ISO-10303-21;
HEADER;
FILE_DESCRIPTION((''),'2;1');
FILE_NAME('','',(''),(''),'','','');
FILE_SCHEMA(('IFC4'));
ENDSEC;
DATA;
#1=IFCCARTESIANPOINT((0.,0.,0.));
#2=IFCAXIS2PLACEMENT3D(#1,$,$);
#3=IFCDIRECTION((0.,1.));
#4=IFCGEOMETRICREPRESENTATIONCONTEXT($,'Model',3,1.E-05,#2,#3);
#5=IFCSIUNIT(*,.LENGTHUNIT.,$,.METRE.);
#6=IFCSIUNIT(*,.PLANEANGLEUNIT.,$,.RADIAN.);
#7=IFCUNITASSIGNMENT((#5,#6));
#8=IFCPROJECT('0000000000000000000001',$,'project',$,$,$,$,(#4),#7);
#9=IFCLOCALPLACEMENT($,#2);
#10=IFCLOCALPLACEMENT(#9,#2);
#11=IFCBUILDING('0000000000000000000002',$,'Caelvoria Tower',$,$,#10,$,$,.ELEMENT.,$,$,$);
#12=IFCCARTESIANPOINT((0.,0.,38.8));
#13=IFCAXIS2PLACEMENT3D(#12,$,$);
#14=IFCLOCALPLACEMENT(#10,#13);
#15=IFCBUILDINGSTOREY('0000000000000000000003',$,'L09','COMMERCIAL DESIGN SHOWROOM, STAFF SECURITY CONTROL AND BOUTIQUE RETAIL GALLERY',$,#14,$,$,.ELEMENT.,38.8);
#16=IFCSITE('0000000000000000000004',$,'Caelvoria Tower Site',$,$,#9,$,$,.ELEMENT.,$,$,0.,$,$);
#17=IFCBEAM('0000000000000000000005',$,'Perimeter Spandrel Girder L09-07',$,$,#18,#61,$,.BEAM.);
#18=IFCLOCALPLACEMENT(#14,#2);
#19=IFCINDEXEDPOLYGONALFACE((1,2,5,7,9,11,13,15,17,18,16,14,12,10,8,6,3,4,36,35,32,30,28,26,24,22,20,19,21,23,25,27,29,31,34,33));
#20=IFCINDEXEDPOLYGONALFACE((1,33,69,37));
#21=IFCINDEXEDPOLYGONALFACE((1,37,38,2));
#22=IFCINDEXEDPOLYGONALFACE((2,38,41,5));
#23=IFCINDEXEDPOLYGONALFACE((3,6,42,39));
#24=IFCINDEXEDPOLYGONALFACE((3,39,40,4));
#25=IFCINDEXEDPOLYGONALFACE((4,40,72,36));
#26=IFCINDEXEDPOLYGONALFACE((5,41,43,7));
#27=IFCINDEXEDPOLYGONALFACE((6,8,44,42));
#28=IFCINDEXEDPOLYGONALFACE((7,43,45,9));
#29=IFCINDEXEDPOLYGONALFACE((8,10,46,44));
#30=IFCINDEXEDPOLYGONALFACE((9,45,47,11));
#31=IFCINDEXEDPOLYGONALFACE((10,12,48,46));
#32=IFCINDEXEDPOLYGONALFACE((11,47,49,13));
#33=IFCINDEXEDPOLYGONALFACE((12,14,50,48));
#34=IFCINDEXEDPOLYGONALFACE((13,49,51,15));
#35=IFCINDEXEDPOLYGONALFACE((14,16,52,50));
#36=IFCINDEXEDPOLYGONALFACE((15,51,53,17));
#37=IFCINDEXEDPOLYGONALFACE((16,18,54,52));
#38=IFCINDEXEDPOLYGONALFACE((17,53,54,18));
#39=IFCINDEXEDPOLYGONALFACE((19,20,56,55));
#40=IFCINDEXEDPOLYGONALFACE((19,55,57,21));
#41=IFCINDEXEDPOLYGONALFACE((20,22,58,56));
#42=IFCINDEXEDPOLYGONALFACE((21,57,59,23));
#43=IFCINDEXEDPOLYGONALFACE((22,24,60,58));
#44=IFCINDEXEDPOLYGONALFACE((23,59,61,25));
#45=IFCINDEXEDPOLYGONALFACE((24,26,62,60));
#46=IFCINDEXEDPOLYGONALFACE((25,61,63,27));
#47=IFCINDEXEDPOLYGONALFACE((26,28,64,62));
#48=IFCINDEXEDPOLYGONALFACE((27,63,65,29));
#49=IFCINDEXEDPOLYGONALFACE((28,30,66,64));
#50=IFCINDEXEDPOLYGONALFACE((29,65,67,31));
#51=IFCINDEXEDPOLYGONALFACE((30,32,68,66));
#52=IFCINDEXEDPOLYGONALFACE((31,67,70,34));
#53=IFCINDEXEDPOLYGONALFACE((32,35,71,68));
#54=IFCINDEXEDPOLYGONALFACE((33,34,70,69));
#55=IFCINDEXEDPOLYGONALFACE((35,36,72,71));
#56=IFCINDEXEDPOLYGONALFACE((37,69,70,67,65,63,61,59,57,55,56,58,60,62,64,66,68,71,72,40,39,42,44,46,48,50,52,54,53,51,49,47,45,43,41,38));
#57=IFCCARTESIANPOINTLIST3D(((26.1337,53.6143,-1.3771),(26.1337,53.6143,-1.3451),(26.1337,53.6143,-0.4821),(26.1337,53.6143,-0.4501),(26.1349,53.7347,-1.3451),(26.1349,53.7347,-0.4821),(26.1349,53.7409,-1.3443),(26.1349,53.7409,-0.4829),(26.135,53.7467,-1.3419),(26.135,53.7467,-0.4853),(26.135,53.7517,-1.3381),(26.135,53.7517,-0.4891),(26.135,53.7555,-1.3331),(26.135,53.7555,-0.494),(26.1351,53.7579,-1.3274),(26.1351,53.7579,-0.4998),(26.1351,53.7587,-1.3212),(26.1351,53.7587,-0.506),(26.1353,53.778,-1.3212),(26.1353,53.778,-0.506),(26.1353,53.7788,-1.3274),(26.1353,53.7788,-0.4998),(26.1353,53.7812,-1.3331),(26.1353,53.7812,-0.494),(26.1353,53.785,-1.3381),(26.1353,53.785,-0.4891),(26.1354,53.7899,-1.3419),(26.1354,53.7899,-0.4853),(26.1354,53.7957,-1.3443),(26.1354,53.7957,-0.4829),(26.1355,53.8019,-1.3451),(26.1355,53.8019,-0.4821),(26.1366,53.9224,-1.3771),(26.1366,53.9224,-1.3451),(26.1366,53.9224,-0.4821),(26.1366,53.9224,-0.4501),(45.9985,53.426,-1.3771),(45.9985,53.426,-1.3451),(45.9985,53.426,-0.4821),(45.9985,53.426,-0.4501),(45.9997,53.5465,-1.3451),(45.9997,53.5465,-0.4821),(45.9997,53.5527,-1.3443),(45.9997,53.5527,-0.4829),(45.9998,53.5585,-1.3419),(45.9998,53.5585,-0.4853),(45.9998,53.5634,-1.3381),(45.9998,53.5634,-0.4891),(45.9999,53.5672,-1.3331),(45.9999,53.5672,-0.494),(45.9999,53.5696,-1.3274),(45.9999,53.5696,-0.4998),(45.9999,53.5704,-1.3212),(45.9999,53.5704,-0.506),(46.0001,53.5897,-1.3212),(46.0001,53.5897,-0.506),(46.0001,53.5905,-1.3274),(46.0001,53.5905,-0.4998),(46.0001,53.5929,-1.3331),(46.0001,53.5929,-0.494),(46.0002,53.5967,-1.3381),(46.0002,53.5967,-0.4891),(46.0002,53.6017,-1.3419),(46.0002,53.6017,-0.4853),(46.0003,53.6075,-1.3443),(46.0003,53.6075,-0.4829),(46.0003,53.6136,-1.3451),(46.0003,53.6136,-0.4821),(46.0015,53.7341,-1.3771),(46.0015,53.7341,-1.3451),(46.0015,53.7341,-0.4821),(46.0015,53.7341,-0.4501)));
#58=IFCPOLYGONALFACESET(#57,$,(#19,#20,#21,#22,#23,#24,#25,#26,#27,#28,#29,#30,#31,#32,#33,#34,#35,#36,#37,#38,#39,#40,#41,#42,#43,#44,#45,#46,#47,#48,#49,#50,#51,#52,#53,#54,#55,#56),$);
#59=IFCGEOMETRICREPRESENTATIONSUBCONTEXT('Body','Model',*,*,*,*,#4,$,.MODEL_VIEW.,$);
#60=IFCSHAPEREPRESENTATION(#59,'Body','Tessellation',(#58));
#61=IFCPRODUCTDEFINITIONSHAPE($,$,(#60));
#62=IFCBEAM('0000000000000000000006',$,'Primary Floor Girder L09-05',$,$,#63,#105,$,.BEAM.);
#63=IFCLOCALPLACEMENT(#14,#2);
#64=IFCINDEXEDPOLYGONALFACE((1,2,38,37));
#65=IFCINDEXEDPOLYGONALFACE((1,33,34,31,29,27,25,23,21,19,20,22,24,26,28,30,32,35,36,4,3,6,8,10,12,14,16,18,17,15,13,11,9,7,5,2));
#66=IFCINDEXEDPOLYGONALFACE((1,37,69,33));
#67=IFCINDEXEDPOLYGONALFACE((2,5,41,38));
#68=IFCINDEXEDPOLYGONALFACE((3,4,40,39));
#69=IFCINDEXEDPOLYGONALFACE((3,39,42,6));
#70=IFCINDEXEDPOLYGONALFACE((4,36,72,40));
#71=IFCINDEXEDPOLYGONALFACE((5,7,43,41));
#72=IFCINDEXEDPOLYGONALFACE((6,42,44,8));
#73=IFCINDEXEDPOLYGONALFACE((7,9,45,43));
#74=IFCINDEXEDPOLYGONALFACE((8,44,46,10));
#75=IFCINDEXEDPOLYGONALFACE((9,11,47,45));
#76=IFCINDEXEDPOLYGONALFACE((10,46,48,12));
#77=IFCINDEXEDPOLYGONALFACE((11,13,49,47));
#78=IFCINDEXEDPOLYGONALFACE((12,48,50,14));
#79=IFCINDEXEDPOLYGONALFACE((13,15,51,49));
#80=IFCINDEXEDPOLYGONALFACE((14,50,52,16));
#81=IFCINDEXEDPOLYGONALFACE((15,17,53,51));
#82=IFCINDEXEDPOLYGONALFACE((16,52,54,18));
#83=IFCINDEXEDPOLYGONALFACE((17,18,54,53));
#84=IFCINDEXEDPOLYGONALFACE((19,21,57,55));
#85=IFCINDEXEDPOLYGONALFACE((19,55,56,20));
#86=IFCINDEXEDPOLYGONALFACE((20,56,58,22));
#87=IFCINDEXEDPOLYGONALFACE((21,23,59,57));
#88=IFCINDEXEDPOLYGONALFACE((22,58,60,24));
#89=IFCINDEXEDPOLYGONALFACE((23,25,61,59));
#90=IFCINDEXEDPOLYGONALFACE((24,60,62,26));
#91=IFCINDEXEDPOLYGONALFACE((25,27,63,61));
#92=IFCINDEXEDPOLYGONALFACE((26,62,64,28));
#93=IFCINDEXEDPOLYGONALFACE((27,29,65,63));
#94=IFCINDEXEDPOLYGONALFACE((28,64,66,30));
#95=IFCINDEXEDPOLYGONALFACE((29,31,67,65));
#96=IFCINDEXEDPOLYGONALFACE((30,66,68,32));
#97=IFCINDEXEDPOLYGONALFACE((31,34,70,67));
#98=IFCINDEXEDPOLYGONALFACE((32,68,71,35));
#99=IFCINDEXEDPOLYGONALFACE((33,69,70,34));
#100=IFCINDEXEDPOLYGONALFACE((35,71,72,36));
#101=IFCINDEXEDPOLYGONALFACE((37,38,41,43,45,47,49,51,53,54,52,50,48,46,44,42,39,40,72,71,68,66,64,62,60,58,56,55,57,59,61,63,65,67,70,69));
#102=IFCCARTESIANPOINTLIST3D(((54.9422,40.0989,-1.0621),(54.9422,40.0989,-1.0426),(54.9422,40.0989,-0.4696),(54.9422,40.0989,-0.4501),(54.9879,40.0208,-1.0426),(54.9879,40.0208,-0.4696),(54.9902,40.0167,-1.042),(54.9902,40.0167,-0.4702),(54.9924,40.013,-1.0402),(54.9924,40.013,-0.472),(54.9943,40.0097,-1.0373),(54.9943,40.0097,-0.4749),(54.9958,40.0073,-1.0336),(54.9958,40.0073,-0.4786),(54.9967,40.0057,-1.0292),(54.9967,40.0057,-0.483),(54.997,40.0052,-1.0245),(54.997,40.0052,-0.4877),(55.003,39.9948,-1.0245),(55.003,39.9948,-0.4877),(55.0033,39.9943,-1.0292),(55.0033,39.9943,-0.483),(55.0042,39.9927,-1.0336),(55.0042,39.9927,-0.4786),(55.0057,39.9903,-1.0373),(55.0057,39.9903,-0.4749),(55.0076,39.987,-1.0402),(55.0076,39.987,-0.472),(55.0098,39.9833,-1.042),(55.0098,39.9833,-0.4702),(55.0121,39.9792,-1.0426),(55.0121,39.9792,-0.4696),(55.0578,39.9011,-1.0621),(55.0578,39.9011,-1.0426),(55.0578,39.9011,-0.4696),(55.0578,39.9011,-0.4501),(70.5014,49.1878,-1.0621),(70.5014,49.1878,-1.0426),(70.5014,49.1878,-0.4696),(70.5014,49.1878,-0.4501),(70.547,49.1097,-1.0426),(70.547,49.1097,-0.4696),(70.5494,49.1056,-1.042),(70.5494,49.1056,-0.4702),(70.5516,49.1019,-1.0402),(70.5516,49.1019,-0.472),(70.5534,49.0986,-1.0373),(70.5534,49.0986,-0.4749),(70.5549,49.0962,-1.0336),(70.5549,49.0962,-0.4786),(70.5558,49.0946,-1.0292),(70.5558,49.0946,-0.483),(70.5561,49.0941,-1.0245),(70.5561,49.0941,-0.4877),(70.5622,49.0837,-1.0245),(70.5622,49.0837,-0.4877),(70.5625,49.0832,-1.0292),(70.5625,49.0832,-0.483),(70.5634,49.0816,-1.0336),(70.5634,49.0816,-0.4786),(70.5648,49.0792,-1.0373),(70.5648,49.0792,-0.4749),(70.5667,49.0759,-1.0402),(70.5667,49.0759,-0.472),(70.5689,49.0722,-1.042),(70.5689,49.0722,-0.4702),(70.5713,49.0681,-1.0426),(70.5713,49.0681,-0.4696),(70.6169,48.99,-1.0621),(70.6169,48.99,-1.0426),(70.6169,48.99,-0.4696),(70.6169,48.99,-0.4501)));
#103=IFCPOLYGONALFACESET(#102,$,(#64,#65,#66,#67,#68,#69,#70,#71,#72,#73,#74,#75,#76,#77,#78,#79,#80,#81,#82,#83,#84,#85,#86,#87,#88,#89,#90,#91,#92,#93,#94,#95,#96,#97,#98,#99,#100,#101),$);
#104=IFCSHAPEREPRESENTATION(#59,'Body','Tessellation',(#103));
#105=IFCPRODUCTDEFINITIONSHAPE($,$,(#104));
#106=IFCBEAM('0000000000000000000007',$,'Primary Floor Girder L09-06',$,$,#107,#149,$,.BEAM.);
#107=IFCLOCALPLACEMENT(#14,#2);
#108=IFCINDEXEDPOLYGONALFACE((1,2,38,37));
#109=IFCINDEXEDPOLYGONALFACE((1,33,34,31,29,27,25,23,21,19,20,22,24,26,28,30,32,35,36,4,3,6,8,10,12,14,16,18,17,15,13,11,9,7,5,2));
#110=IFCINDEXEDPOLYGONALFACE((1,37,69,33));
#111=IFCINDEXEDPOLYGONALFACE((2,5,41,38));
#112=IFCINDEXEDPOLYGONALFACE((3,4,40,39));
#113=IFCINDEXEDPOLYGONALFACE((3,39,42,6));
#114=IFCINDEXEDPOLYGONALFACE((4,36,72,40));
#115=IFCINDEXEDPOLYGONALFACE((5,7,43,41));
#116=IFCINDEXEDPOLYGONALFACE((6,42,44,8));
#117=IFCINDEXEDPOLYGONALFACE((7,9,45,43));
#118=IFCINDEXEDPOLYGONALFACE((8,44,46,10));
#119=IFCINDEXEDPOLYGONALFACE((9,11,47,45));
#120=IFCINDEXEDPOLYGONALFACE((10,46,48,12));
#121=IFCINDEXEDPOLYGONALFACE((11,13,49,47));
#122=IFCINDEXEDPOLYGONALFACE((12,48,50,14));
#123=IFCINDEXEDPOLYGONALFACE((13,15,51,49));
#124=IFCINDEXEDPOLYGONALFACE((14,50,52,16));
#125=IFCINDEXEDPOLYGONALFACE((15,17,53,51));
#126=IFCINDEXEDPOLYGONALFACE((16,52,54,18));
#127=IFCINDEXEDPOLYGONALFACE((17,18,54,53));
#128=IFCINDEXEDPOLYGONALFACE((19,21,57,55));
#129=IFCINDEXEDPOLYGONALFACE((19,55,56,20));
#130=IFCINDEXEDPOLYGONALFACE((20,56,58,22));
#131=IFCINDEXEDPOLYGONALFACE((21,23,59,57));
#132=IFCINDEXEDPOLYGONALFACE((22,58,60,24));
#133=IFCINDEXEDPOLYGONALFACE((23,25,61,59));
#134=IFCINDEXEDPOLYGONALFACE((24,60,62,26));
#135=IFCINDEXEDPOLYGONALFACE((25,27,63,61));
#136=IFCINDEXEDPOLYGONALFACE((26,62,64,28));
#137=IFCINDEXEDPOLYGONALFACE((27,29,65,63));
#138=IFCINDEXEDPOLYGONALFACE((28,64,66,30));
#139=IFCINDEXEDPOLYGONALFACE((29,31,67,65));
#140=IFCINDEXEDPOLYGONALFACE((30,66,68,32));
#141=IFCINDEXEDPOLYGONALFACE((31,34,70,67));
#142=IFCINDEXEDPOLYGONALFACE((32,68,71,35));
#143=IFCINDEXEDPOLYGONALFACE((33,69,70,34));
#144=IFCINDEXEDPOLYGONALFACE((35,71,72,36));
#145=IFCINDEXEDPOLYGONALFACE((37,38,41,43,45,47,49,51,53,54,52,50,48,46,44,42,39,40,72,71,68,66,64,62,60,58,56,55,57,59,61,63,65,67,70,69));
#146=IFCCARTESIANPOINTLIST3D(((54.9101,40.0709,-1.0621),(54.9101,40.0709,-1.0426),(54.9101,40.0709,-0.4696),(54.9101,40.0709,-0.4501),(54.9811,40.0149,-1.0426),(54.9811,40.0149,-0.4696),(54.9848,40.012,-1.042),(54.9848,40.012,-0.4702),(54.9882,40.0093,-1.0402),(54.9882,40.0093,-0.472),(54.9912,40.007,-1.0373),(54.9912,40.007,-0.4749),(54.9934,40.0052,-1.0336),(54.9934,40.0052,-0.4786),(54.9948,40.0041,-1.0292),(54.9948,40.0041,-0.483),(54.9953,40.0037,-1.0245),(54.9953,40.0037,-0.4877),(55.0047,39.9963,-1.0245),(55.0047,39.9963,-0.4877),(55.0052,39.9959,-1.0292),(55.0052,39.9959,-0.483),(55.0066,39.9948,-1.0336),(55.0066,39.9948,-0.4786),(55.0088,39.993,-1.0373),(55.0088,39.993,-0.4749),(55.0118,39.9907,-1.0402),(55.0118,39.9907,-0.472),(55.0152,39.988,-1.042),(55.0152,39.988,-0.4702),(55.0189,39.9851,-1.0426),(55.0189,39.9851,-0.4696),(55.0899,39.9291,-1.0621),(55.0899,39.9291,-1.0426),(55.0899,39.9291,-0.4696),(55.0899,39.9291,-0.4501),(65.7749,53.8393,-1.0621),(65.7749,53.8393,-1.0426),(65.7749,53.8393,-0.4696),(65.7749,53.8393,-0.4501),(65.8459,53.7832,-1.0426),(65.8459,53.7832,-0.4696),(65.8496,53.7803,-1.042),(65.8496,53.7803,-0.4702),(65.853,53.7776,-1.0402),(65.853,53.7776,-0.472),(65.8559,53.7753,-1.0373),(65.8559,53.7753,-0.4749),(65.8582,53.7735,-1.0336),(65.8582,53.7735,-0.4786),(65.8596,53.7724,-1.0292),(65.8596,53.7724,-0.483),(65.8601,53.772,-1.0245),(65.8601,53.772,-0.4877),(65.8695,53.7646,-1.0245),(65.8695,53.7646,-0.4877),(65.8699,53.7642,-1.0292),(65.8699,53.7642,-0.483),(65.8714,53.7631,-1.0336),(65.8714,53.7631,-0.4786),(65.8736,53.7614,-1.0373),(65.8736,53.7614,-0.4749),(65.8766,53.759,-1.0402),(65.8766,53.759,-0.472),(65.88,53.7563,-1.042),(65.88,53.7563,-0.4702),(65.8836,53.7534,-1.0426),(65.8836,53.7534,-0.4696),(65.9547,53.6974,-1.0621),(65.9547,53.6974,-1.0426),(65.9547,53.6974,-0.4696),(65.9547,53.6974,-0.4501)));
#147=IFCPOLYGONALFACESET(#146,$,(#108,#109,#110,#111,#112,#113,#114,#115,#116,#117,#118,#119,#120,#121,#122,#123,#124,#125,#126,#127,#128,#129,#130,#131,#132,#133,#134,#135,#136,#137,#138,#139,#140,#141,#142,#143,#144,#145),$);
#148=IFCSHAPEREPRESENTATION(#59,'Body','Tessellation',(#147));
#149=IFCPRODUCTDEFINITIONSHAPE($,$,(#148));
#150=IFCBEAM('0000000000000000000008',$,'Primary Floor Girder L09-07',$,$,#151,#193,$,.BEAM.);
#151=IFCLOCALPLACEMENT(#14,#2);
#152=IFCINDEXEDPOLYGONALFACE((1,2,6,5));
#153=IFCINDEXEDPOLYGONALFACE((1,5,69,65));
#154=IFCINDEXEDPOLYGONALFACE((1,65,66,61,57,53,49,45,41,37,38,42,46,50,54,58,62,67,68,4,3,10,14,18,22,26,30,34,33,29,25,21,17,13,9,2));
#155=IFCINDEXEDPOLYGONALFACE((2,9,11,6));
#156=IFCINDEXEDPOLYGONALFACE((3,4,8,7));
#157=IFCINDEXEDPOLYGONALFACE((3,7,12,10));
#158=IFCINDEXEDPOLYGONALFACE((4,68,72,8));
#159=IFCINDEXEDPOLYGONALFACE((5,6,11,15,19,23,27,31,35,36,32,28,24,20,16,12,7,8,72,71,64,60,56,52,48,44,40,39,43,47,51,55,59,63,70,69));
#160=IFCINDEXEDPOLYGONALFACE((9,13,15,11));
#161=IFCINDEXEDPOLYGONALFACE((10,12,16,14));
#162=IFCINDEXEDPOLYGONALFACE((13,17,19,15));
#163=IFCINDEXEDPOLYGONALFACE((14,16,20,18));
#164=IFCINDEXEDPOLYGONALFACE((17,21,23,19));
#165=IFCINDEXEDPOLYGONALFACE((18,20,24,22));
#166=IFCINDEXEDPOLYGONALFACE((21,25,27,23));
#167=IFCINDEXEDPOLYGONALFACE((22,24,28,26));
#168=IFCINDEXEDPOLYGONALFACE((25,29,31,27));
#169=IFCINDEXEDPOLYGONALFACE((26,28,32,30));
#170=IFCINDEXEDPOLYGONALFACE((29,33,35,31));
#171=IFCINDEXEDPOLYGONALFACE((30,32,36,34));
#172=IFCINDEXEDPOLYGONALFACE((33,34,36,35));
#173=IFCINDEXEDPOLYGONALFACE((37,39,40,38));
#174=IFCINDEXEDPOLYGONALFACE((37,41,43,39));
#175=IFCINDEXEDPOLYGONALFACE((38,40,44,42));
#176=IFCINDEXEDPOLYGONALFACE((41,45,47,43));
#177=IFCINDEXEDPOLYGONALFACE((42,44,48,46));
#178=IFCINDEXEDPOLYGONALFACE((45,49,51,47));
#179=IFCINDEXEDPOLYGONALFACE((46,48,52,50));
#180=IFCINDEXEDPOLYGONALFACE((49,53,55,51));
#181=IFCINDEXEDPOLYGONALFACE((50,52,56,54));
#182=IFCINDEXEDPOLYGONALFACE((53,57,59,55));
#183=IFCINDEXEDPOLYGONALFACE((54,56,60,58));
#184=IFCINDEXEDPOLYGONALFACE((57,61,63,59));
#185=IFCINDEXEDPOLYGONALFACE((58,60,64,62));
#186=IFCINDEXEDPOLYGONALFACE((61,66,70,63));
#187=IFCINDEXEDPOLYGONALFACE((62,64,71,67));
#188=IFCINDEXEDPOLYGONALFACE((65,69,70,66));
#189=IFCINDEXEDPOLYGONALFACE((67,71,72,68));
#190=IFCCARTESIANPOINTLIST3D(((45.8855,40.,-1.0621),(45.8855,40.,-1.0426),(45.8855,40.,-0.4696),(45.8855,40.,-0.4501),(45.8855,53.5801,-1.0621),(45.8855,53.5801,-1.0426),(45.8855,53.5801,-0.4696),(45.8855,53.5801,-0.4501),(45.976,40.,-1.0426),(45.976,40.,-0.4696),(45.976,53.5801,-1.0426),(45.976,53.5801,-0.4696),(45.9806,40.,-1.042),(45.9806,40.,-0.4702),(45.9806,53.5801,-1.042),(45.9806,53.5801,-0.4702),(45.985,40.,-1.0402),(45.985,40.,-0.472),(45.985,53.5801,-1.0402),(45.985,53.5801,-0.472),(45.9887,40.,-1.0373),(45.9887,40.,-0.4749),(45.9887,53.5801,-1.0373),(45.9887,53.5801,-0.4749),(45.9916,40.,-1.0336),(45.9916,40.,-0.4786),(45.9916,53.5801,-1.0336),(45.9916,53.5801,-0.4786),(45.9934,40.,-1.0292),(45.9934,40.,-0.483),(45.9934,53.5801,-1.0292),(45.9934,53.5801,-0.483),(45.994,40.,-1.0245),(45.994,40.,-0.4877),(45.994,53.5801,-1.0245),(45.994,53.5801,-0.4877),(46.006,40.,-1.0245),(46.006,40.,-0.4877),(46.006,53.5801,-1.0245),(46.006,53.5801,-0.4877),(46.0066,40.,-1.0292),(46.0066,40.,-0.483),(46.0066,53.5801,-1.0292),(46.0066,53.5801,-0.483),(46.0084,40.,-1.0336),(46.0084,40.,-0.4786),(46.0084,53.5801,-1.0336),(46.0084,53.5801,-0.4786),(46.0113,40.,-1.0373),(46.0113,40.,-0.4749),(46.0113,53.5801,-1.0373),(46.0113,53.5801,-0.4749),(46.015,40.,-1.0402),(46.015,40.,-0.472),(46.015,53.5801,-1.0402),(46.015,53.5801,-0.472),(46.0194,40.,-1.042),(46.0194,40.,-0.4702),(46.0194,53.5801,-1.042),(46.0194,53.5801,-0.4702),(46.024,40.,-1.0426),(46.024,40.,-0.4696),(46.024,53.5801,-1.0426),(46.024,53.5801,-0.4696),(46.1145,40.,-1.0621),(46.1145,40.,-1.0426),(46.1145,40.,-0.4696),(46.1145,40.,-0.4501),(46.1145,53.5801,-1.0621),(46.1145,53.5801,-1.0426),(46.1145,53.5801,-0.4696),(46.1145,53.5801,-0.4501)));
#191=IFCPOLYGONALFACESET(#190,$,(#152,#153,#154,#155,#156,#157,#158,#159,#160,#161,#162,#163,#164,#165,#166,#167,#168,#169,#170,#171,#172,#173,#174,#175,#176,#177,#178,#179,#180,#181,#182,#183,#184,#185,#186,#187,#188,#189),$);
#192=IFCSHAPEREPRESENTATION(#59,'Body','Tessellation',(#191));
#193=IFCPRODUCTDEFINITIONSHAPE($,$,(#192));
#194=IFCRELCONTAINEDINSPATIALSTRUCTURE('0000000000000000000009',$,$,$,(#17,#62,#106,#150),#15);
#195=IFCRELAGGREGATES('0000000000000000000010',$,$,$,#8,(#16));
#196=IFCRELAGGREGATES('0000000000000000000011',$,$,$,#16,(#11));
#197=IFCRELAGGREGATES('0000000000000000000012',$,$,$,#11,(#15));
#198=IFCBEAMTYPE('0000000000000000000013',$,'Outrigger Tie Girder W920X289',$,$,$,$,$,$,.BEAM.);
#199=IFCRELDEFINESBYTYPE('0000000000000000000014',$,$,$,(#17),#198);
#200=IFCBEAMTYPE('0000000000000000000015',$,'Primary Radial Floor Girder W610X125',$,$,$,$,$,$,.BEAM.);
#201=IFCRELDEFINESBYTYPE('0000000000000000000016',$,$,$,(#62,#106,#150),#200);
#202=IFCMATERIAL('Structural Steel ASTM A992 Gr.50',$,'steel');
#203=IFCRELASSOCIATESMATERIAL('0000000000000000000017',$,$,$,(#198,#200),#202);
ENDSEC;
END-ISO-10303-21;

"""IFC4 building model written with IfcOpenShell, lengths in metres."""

from ifc_helpers import new_model, si_unit, direction, frame, origin, origin_2d, place, context, subcontext, project, spatial, i_section, extrude, material, material_profile, profile_set, type_object, element, save


model = new_model("IFC4")

# Units and contexts
model_context = context("Model", 3, precision=1e-05, world=origin(), true_north=direction((0.0, 1.0)))
body_context = subcontext(model_context, "Body", "Model", "MODEL_VIEW")
ifc_project = project(units=[si_unit("LENGTHUNIT", "METRE"), si_unit("PLANEANGLEUNIT", "RADIAN")], contexts=[model_context])

# Site, building, storey
site_placement = place(None, origin())
site = spatial("IfcSite", under=ifc_project, at=site_placement, Name="Caelvoria Tower Site", CompositionType="ELEMENT", RefElevation=0.0)
building_placement = place(site_placement, origin())
building = spatial("IfcBuilding", under=site, at=building_placement, Name="Caelvoria Tower", CompositionType="ELEMENT")
storey_placement = place(building_placement, frame((0.0, 0.0, 38.8)))
storey = spatial("IfcBuildingStorey", under=building, at=storey_placement, Name="L09", Description="COMMERCIAL DESIGN SHOWROOM, STAFF SECURITY CONTROL AND BOUTIQUE RETAIL GALLERY", CompositionType="ELEMENT", Elevation=38.8)

# Beams
ifc_material_1 = material(Name="Structural Steel ASTM A992 Gr.50", Category="steel")
ifc_material_profile_1 = material_profile(ifc_material_1, i_section(OverallWidth=0.3081, OverallDepth=0.927, WebThickness=0.0193, FlangeThickness=0.032, FilletRadius=0.0239, at=origin_2d()), Name="Structural Steel ASTM A992 Gr.50")
ifc_profile_set_1 = profile_set([ifc_material_profile_1], Name="W920X289 - Structural Steel ASTM A992 Gr.50")
beam_type_1 = type_object("IfcBeamType", Name="Outrigger Tie Girder W920X289", PredefinedType="BEAM", material=ifc_profile_set_1)
beam_1_placement = place(storey_placement, frame((46.0, 53.5801, -0.9136), z_axis=(-0.999955, 0.009475, 0.0), x_axis=(-0.009475, -0.999955, 0.0)))
element("IfcBeam", 1, at=beam_1_placement, inside=storey, type_object=beam_type_1, Name="Perimeter Spandrel Girder L09-07", PredefinedType="BEAM", context=body_context, shape_type="SweptSolid", body=[
    extrude(i_section(OverallWidth=0.3081, OverallDepth=0.927, WebThickness=0.0193, FlangeThickness=0.032, FilletRadius=0.0239, at=origin_2d()), origin(), (0.0, 0.0, 1.0), 19.8657),
])
ifc_material_profile_2 = material_profile(ifc_material_1, i_section(OverallWidth=0.229, OverallDepth=0.6121, WebThickness=0.012, FlangeThickness=0.0195, FilletRadius=0.0181, at=origin_2d()), Name="Structural Steel ASTM A992 Gr.50")
ifc_profile_set_2 = profile_set([ifc_material_profile_2], Name="W610X125 - Structural Steel ASTM A992 Gr.50")
beam_type_2 = type_object("IfcBeamType", Name="Primary Radial Floor Girder W610X125", PredefinedType="BEAM", material=ifc_profile_set_2)
beam_2_placement = place(storey_placement, frame((55.0, 40.0, -0.7561), z_axis=(0.863471, 0.504398, 0.0), x_axis=(-0.504398, 0.863471, 0.0)))
element("IfcBeam", 2, at=beam_2_placement, inside=storey, type_object=beam_type_2, Name="Primary Floor Girder L09-05", PredefinedType="BEAM", context=body_context, shape_type="SweptSolid", body=[
    extrude(i_section(OverallWidth=0.229, OverallDepth=0.6121, WebThickness=0.012, FlangeThickness=0.0195, FilletRadius=0.0181, at=origin_2d()), origin(), (0.0, 0.0, 1.0), 18.0193),
])
beam_3_placement = place(storey_placement, frame((55.0, 40.0, -0.7561), z_axis=(0.61947, 0.785021, 0.0), x_axis=(-0.785021, 0.61947, 0.0)))
element("IfcBeam", 3, at=beam_3_placement, inside=storey, type_object=beam_type_2, Name="Primary Floor Girder L09-06", PredefinedType="BEAM", context=body_context, shape_type="SweptSolid", body=[
    extrude(i_section(OverallWidth=0.229, OverallDepth=0.6121, WebThickness=0.012, FlangeThickness=0.0195, FilletRadius=0.0181, at=origin_2d()), origin(), (0.0, 0.0, 1.0), 17.5388),
])
beam_4_placement = place(storey_placement, frame((46.0, 40.0, -0.7561), z_axis=(0.0, 1.0, 0.0), x_axis=(-1.0, 0.0, 0.0)))
element("IfcBeam", 4, at=beam_4_placement, inside=storey, type_object=beam_type_2, Name="Primary Floor Girder L09-07", PredefinedType="BEAM", context=body_context, shape_type="SweptSolid", body=[
    extrude(i_section(OverallWidth=0.229, OverallDepth=0.6121, WebThickness=0.012, FlangeThickness=0.0195, FilletRadius=0.0181, at=origin_2d()), origin(), (0.0, 0.0, 1.0), 13.5801),
])

save(model, "model.ifc")
